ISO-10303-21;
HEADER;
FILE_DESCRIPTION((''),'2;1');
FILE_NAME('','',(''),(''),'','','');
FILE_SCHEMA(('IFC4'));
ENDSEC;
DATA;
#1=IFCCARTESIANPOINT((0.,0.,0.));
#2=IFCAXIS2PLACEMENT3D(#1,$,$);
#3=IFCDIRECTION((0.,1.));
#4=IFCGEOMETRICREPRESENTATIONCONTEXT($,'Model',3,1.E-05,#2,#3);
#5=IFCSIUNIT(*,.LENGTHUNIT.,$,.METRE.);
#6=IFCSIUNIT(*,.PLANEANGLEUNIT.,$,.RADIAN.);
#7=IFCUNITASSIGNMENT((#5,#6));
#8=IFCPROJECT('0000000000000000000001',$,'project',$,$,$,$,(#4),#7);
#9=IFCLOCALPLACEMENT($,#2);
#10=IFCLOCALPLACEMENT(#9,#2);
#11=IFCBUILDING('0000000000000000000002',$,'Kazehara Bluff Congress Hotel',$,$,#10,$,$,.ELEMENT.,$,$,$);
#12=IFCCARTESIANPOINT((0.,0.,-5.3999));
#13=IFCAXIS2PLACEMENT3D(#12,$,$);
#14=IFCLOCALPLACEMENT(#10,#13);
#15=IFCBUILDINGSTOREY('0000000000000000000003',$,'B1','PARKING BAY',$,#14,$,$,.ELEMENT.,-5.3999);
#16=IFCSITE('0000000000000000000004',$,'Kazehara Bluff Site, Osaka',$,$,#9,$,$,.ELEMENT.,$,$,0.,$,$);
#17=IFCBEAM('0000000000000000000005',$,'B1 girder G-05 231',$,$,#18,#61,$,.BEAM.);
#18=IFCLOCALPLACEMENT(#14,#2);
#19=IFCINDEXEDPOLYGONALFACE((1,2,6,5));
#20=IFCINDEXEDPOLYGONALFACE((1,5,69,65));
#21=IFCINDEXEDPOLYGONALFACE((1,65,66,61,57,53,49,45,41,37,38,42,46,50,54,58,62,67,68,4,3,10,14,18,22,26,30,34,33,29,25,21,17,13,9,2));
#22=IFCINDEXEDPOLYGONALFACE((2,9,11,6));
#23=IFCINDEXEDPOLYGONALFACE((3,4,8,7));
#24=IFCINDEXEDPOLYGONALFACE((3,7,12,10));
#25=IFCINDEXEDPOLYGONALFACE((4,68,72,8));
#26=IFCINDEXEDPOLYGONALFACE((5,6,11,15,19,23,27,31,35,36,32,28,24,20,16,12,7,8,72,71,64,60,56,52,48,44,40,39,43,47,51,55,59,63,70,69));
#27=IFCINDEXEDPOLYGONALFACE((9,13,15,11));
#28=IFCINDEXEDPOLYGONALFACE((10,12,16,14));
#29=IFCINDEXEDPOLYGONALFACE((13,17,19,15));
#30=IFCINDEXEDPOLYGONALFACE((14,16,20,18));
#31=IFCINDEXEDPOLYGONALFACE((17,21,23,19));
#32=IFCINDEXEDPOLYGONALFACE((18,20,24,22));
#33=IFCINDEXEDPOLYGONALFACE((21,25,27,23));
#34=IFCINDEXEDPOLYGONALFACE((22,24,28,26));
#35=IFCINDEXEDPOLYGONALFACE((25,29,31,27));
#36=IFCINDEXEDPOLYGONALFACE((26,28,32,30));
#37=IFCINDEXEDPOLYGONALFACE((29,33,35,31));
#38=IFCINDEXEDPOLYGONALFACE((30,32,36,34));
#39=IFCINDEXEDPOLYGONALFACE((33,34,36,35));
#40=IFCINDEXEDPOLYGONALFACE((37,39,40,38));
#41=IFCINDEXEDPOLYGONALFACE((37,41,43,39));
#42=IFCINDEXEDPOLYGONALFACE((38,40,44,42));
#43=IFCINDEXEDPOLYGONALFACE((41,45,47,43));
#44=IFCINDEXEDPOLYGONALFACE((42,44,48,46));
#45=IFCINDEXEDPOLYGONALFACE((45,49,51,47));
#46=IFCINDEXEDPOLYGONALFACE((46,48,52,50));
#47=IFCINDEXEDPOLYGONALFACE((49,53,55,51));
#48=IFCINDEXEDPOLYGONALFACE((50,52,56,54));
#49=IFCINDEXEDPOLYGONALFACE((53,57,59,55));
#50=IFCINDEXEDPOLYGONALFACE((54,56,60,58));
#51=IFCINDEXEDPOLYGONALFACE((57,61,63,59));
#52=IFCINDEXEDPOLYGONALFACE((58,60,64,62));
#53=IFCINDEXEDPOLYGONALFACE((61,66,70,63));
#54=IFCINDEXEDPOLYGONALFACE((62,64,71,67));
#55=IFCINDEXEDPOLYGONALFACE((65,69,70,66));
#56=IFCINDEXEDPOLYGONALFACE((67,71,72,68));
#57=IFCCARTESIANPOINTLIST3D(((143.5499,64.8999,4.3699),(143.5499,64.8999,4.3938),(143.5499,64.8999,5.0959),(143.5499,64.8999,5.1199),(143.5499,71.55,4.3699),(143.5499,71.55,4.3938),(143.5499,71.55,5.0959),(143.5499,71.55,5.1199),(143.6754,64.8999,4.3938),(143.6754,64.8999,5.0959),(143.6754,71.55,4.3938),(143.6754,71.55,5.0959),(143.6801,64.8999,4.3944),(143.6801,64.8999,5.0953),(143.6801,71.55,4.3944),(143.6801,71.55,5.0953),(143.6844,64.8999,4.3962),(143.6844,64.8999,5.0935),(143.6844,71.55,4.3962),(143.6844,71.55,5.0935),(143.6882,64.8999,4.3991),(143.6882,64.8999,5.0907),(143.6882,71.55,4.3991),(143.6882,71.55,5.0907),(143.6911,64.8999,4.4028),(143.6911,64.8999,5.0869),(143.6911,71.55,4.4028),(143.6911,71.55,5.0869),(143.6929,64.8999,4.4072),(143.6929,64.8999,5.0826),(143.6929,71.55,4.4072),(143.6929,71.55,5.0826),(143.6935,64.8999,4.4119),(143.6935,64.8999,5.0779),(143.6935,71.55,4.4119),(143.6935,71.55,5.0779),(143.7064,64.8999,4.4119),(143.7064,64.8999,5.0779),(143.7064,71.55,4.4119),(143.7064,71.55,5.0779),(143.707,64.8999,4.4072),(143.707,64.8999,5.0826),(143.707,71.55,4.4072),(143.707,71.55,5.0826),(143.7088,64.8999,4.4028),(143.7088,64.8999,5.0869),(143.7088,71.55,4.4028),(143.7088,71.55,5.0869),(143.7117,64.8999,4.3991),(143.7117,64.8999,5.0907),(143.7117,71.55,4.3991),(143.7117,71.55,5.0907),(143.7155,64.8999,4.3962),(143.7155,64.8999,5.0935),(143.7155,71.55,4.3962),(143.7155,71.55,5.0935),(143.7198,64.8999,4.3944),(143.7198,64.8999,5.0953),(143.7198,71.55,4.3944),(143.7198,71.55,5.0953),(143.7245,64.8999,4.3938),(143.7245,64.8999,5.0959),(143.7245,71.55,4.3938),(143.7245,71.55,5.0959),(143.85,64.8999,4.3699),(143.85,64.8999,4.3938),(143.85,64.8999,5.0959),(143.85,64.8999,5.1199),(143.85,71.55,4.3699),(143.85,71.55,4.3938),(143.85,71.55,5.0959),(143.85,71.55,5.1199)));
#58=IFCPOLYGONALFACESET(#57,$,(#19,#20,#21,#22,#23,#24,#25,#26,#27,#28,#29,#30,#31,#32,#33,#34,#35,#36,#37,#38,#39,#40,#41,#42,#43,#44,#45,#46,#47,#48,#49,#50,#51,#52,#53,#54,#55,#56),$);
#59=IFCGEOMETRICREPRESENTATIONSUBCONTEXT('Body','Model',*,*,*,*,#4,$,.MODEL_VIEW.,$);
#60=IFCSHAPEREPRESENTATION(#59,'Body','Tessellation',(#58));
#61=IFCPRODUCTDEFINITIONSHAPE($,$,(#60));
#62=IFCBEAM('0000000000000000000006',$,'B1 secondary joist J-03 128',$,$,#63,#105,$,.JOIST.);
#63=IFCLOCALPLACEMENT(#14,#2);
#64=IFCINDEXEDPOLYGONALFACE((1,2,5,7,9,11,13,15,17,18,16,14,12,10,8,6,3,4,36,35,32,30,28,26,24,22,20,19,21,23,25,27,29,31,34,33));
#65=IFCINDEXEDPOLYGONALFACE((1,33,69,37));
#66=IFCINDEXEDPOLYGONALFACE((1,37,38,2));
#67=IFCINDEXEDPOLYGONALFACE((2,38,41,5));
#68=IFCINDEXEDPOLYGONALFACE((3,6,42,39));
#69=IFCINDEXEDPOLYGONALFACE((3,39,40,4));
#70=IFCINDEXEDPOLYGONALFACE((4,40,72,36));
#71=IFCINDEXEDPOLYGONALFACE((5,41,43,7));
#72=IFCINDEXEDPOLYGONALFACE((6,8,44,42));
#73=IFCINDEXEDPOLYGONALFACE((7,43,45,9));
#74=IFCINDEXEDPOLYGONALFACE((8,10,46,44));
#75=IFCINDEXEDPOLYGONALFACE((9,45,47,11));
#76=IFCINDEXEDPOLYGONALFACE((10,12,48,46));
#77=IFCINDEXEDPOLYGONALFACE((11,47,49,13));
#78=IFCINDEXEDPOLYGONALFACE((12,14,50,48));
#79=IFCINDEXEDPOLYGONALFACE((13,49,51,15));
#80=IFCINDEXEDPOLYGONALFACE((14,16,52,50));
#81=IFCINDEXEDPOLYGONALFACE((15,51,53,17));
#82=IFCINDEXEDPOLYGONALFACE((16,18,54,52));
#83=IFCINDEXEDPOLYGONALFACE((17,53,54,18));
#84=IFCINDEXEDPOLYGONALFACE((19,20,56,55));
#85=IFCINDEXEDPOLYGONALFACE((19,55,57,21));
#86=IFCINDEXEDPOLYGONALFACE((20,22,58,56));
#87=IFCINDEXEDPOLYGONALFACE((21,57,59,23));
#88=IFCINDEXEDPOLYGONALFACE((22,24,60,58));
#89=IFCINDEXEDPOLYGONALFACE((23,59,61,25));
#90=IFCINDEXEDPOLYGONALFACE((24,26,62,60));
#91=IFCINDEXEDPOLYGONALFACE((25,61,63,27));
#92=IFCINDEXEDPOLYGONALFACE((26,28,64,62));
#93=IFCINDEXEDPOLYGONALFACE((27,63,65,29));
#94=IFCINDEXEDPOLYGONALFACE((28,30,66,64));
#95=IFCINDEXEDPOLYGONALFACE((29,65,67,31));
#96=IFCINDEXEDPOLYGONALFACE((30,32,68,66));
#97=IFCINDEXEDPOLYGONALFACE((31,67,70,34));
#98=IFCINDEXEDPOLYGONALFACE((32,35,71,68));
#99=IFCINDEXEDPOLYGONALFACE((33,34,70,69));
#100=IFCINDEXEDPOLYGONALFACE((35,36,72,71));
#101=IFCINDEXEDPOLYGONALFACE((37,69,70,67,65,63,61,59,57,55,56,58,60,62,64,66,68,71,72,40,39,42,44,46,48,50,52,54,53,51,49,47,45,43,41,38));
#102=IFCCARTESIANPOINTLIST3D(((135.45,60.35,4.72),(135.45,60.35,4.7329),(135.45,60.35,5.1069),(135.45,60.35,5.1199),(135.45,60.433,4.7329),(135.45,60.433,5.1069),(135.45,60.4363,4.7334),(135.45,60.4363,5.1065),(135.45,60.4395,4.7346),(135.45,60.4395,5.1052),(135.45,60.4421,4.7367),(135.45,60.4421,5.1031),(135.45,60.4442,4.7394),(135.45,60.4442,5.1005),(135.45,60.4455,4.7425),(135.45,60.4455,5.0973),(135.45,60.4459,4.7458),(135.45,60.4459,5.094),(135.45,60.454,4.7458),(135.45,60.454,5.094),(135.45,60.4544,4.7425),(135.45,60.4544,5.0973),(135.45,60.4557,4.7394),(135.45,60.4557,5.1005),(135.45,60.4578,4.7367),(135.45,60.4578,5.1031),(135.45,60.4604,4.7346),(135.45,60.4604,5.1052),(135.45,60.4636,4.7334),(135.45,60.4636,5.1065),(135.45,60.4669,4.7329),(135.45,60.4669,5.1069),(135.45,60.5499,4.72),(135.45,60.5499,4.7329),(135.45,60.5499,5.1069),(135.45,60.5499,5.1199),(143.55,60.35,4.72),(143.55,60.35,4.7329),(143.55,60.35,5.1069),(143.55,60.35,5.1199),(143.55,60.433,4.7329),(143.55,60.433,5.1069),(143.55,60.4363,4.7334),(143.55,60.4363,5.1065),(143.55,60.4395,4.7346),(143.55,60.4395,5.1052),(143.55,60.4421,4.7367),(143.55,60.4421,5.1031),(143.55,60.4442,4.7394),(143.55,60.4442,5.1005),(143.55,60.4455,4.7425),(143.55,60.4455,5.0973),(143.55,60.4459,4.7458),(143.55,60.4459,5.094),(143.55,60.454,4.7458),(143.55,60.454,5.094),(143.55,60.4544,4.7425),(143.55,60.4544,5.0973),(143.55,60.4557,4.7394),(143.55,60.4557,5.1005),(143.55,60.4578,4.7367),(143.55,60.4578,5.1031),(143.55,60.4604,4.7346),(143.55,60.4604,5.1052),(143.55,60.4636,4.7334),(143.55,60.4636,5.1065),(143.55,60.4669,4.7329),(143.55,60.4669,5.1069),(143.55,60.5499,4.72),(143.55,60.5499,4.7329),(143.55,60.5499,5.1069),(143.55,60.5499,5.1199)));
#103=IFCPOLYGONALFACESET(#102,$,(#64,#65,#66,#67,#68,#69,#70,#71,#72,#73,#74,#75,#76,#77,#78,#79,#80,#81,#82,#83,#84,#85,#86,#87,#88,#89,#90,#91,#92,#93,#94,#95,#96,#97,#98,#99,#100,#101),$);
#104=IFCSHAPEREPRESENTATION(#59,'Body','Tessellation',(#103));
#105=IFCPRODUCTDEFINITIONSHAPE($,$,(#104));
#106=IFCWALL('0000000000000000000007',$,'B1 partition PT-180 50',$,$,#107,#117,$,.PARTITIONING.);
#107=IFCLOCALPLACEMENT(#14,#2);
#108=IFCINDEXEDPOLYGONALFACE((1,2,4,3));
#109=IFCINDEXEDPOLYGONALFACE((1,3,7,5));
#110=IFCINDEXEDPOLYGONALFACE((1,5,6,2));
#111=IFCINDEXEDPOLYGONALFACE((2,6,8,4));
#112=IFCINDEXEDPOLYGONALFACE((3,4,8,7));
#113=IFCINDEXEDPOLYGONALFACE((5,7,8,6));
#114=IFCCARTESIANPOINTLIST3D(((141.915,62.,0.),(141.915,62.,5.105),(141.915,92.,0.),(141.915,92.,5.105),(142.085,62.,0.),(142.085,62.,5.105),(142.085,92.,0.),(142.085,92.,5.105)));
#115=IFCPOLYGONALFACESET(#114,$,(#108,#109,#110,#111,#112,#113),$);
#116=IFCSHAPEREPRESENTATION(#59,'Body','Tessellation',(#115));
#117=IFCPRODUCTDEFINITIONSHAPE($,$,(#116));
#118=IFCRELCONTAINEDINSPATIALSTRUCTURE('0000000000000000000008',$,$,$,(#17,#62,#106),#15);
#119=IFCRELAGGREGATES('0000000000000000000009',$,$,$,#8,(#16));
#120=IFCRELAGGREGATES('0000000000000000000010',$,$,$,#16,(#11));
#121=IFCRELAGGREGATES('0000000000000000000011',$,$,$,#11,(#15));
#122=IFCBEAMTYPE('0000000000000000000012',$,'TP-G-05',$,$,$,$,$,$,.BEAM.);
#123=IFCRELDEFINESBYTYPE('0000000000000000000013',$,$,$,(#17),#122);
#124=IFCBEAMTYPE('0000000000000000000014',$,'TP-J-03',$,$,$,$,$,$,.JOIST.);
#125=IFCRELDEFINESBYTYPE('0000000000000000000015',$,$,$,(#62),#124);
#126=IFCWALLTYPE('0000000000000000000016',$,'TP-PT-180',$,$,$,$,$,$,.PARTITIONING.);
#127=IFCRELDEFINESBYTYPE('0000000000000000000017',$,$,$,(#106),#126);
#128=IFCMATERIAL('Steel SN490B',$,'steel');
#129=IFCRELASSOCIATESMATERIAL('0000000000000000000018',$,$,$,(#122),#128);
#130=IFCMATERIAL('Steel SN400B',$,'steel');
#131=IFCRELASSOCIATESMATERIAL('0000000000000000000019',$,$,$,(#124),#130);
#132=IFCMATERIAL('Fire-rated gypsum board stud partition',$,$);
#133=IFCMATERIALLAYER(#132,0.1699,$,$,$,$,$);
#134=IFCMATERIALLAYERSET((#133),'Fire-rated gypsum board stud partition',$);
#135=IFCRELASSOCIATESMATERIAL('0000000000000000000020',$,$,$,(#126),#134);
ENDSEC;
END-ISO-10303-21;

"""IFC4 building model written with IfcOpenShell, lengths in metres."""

from ifc_helpers import new_model, si_unit, direction, frame, frame_2d, origin, origin_2d, place, context, subcontext, project, spatial, rectangle, i_section, extrude, material, layer, layer_set, material_profile, profile_set, type_object, element, save


model = new_model("IFC4")

# Units and contexts
model_context = context("Model", 3, precision=1e-05, world=origin(), true_north=direction((0.0, 1.0)))
body_context = subcontext(model_context, "Body", "Model", "MODEL_VIEW")
ifc_project = project(units=[si_unit("LENGTHUNIT", "METRE"), si_unit("PLANEANGLEUNIT", "RADIAN")], contexts=[model_context])

# Site, building, storey
site_placement = place(None, origin())
site = spatial("IfcSite", under=ifc_project, at=site_placement, Name="Kazehara Bluff Site, Osaka", CompositionType="ELEMENT", RefElevation=0.0)
building_placement = place(site_placement, origin())
building = spatial("IfcBuilding", under=site, at=building_placement, Name="Kazehara Bluff Congress Hotel", CompositionType="ELEMENT")
storey_placement = place(building_placement, frame((0.0, 0.0, -5.3999)))
storey = spatial("IfcBuildingStorey", under=building, at=storey_placement, Name="B1", Description="PARKING BAY", CompositionType="ELEMENT", Elevation=-5.3999)

# Beams
ifc_material_1 = material(Name="Steel SN490B", Category="steel")
ifc_material_profile_1 = material_profile(ifc_material_1, i_section(OverallWidth=0.3, OverallDepth=0.75, WebThickness=0.0129, FlangeThickness=0.0239, FilletRadius=0.0181, at=origin_2d()))
ifc_profile_set_1 = profile_set([ifc_material_profile_1], Name="Steel SN490B")
beam_type_1 = type_object("IfcBeamType", Name="TP-G-05", PredefinedType="BEAM", material=ifc_profile_set_1)
beam_1_placement = place(storey_placement, frame((143.7, 64.8999, 4.7449), z_axis=(0.0, 1.0, 0.0), x_axis=(-1.0, 0.0, 0.0)))
element("IfcBeam", 1, at=beam_1_placement, inside=storey, type_object=beam_type_1, Name="B1 girder G-05 231", PredefinedType="BEAM", context=body_context, shape_type="SweptSolid", body=[
    extrude(i_section(OverallWidth=0.3, OverallDepth=0.75, WebThickness=0.0129, FlangeThickness=0.0239, FilletRadius=0.0181, at=origin_2d()), origin(), (0.0, 0.0, 1.0), 6.6501),
])
ifc_material_2 = material(Name="Steel SN400B", Category="steel")
ifc_material_profile_2 = material_profile(ifc_material_2, i_section(OverallWidth=0.2, OverallDepth=0.3999, WebThickness=0.0081, FlangeThickness=0.0129, FilletRadius=0.0129, at=origin_2d()))
ifc_profile_set_2 = profile_set([ifc_material_profile_2], Name="Steel SN400B")
beam_type_2 = type_object("IfcBeamType", Name="TP-J-03", PredefinedType="JOIST", material=ifc_profile_set_2)
beam_2_placement = place(storey_placement, frame((135.45, 60.45, 4.9199), z_axis=(1.0, 0.0, 0.0), x_axis=(0.0, 1.0, 0.0)))
element("IfcBeam", 2, at=beam_2_placement, inside=storey, type_object=beam_type_2, Name="B1 secondary joist J-03 128", PredefinedType="JOIST", context=body_context, shape_type="SweptSolid", body=[
    extrude(i_section(OverallWidth=0.2, OverallDepth=0.3999, WebThickness=0.0081, FlangeThickness=0.0129, FilletRadius=0.0129, at=origin_2d()), origin(), (0.0, 0.0, 1.0), 8.1001),
])

# Wall
ifc_material_3 = material(Name="Fire-rated gypsum board stud partition")
ifc_layer_1 = layer(ifc_material_3, 0.1699)
ifc_layer_set_1 = layer_set([ifc_layer_1], Name="Fire-rated gypsum board stud partition")
wall_type = type_object("IfcWallType", Name="TP-PT-180", PredefinedType="PARTITIONING", material=ifc_layer_set_1)
wall_placement = place(storey_placement, frame((142.0, 62.0, 0.0), z_axis=(0.0, 0.0, 1.0), x_axis=(0.0, 1.0, 0.0)))
element("IfcWall", 3, at=wall_placement, inside=storey, type_object=wall_type, Name="B1 partition PT-180 50", PredefinedType="PARTITIONING", context=body_context, shape_type="SweptSolid", body=[
    extrude(rectangle(XDim=30.0, YDim=0.1699, at=frame_2d((15.0, 0.0))), origin(), (0.0, 0.0, 1.0), 5.105),
])

save(model, "model.ifc")
